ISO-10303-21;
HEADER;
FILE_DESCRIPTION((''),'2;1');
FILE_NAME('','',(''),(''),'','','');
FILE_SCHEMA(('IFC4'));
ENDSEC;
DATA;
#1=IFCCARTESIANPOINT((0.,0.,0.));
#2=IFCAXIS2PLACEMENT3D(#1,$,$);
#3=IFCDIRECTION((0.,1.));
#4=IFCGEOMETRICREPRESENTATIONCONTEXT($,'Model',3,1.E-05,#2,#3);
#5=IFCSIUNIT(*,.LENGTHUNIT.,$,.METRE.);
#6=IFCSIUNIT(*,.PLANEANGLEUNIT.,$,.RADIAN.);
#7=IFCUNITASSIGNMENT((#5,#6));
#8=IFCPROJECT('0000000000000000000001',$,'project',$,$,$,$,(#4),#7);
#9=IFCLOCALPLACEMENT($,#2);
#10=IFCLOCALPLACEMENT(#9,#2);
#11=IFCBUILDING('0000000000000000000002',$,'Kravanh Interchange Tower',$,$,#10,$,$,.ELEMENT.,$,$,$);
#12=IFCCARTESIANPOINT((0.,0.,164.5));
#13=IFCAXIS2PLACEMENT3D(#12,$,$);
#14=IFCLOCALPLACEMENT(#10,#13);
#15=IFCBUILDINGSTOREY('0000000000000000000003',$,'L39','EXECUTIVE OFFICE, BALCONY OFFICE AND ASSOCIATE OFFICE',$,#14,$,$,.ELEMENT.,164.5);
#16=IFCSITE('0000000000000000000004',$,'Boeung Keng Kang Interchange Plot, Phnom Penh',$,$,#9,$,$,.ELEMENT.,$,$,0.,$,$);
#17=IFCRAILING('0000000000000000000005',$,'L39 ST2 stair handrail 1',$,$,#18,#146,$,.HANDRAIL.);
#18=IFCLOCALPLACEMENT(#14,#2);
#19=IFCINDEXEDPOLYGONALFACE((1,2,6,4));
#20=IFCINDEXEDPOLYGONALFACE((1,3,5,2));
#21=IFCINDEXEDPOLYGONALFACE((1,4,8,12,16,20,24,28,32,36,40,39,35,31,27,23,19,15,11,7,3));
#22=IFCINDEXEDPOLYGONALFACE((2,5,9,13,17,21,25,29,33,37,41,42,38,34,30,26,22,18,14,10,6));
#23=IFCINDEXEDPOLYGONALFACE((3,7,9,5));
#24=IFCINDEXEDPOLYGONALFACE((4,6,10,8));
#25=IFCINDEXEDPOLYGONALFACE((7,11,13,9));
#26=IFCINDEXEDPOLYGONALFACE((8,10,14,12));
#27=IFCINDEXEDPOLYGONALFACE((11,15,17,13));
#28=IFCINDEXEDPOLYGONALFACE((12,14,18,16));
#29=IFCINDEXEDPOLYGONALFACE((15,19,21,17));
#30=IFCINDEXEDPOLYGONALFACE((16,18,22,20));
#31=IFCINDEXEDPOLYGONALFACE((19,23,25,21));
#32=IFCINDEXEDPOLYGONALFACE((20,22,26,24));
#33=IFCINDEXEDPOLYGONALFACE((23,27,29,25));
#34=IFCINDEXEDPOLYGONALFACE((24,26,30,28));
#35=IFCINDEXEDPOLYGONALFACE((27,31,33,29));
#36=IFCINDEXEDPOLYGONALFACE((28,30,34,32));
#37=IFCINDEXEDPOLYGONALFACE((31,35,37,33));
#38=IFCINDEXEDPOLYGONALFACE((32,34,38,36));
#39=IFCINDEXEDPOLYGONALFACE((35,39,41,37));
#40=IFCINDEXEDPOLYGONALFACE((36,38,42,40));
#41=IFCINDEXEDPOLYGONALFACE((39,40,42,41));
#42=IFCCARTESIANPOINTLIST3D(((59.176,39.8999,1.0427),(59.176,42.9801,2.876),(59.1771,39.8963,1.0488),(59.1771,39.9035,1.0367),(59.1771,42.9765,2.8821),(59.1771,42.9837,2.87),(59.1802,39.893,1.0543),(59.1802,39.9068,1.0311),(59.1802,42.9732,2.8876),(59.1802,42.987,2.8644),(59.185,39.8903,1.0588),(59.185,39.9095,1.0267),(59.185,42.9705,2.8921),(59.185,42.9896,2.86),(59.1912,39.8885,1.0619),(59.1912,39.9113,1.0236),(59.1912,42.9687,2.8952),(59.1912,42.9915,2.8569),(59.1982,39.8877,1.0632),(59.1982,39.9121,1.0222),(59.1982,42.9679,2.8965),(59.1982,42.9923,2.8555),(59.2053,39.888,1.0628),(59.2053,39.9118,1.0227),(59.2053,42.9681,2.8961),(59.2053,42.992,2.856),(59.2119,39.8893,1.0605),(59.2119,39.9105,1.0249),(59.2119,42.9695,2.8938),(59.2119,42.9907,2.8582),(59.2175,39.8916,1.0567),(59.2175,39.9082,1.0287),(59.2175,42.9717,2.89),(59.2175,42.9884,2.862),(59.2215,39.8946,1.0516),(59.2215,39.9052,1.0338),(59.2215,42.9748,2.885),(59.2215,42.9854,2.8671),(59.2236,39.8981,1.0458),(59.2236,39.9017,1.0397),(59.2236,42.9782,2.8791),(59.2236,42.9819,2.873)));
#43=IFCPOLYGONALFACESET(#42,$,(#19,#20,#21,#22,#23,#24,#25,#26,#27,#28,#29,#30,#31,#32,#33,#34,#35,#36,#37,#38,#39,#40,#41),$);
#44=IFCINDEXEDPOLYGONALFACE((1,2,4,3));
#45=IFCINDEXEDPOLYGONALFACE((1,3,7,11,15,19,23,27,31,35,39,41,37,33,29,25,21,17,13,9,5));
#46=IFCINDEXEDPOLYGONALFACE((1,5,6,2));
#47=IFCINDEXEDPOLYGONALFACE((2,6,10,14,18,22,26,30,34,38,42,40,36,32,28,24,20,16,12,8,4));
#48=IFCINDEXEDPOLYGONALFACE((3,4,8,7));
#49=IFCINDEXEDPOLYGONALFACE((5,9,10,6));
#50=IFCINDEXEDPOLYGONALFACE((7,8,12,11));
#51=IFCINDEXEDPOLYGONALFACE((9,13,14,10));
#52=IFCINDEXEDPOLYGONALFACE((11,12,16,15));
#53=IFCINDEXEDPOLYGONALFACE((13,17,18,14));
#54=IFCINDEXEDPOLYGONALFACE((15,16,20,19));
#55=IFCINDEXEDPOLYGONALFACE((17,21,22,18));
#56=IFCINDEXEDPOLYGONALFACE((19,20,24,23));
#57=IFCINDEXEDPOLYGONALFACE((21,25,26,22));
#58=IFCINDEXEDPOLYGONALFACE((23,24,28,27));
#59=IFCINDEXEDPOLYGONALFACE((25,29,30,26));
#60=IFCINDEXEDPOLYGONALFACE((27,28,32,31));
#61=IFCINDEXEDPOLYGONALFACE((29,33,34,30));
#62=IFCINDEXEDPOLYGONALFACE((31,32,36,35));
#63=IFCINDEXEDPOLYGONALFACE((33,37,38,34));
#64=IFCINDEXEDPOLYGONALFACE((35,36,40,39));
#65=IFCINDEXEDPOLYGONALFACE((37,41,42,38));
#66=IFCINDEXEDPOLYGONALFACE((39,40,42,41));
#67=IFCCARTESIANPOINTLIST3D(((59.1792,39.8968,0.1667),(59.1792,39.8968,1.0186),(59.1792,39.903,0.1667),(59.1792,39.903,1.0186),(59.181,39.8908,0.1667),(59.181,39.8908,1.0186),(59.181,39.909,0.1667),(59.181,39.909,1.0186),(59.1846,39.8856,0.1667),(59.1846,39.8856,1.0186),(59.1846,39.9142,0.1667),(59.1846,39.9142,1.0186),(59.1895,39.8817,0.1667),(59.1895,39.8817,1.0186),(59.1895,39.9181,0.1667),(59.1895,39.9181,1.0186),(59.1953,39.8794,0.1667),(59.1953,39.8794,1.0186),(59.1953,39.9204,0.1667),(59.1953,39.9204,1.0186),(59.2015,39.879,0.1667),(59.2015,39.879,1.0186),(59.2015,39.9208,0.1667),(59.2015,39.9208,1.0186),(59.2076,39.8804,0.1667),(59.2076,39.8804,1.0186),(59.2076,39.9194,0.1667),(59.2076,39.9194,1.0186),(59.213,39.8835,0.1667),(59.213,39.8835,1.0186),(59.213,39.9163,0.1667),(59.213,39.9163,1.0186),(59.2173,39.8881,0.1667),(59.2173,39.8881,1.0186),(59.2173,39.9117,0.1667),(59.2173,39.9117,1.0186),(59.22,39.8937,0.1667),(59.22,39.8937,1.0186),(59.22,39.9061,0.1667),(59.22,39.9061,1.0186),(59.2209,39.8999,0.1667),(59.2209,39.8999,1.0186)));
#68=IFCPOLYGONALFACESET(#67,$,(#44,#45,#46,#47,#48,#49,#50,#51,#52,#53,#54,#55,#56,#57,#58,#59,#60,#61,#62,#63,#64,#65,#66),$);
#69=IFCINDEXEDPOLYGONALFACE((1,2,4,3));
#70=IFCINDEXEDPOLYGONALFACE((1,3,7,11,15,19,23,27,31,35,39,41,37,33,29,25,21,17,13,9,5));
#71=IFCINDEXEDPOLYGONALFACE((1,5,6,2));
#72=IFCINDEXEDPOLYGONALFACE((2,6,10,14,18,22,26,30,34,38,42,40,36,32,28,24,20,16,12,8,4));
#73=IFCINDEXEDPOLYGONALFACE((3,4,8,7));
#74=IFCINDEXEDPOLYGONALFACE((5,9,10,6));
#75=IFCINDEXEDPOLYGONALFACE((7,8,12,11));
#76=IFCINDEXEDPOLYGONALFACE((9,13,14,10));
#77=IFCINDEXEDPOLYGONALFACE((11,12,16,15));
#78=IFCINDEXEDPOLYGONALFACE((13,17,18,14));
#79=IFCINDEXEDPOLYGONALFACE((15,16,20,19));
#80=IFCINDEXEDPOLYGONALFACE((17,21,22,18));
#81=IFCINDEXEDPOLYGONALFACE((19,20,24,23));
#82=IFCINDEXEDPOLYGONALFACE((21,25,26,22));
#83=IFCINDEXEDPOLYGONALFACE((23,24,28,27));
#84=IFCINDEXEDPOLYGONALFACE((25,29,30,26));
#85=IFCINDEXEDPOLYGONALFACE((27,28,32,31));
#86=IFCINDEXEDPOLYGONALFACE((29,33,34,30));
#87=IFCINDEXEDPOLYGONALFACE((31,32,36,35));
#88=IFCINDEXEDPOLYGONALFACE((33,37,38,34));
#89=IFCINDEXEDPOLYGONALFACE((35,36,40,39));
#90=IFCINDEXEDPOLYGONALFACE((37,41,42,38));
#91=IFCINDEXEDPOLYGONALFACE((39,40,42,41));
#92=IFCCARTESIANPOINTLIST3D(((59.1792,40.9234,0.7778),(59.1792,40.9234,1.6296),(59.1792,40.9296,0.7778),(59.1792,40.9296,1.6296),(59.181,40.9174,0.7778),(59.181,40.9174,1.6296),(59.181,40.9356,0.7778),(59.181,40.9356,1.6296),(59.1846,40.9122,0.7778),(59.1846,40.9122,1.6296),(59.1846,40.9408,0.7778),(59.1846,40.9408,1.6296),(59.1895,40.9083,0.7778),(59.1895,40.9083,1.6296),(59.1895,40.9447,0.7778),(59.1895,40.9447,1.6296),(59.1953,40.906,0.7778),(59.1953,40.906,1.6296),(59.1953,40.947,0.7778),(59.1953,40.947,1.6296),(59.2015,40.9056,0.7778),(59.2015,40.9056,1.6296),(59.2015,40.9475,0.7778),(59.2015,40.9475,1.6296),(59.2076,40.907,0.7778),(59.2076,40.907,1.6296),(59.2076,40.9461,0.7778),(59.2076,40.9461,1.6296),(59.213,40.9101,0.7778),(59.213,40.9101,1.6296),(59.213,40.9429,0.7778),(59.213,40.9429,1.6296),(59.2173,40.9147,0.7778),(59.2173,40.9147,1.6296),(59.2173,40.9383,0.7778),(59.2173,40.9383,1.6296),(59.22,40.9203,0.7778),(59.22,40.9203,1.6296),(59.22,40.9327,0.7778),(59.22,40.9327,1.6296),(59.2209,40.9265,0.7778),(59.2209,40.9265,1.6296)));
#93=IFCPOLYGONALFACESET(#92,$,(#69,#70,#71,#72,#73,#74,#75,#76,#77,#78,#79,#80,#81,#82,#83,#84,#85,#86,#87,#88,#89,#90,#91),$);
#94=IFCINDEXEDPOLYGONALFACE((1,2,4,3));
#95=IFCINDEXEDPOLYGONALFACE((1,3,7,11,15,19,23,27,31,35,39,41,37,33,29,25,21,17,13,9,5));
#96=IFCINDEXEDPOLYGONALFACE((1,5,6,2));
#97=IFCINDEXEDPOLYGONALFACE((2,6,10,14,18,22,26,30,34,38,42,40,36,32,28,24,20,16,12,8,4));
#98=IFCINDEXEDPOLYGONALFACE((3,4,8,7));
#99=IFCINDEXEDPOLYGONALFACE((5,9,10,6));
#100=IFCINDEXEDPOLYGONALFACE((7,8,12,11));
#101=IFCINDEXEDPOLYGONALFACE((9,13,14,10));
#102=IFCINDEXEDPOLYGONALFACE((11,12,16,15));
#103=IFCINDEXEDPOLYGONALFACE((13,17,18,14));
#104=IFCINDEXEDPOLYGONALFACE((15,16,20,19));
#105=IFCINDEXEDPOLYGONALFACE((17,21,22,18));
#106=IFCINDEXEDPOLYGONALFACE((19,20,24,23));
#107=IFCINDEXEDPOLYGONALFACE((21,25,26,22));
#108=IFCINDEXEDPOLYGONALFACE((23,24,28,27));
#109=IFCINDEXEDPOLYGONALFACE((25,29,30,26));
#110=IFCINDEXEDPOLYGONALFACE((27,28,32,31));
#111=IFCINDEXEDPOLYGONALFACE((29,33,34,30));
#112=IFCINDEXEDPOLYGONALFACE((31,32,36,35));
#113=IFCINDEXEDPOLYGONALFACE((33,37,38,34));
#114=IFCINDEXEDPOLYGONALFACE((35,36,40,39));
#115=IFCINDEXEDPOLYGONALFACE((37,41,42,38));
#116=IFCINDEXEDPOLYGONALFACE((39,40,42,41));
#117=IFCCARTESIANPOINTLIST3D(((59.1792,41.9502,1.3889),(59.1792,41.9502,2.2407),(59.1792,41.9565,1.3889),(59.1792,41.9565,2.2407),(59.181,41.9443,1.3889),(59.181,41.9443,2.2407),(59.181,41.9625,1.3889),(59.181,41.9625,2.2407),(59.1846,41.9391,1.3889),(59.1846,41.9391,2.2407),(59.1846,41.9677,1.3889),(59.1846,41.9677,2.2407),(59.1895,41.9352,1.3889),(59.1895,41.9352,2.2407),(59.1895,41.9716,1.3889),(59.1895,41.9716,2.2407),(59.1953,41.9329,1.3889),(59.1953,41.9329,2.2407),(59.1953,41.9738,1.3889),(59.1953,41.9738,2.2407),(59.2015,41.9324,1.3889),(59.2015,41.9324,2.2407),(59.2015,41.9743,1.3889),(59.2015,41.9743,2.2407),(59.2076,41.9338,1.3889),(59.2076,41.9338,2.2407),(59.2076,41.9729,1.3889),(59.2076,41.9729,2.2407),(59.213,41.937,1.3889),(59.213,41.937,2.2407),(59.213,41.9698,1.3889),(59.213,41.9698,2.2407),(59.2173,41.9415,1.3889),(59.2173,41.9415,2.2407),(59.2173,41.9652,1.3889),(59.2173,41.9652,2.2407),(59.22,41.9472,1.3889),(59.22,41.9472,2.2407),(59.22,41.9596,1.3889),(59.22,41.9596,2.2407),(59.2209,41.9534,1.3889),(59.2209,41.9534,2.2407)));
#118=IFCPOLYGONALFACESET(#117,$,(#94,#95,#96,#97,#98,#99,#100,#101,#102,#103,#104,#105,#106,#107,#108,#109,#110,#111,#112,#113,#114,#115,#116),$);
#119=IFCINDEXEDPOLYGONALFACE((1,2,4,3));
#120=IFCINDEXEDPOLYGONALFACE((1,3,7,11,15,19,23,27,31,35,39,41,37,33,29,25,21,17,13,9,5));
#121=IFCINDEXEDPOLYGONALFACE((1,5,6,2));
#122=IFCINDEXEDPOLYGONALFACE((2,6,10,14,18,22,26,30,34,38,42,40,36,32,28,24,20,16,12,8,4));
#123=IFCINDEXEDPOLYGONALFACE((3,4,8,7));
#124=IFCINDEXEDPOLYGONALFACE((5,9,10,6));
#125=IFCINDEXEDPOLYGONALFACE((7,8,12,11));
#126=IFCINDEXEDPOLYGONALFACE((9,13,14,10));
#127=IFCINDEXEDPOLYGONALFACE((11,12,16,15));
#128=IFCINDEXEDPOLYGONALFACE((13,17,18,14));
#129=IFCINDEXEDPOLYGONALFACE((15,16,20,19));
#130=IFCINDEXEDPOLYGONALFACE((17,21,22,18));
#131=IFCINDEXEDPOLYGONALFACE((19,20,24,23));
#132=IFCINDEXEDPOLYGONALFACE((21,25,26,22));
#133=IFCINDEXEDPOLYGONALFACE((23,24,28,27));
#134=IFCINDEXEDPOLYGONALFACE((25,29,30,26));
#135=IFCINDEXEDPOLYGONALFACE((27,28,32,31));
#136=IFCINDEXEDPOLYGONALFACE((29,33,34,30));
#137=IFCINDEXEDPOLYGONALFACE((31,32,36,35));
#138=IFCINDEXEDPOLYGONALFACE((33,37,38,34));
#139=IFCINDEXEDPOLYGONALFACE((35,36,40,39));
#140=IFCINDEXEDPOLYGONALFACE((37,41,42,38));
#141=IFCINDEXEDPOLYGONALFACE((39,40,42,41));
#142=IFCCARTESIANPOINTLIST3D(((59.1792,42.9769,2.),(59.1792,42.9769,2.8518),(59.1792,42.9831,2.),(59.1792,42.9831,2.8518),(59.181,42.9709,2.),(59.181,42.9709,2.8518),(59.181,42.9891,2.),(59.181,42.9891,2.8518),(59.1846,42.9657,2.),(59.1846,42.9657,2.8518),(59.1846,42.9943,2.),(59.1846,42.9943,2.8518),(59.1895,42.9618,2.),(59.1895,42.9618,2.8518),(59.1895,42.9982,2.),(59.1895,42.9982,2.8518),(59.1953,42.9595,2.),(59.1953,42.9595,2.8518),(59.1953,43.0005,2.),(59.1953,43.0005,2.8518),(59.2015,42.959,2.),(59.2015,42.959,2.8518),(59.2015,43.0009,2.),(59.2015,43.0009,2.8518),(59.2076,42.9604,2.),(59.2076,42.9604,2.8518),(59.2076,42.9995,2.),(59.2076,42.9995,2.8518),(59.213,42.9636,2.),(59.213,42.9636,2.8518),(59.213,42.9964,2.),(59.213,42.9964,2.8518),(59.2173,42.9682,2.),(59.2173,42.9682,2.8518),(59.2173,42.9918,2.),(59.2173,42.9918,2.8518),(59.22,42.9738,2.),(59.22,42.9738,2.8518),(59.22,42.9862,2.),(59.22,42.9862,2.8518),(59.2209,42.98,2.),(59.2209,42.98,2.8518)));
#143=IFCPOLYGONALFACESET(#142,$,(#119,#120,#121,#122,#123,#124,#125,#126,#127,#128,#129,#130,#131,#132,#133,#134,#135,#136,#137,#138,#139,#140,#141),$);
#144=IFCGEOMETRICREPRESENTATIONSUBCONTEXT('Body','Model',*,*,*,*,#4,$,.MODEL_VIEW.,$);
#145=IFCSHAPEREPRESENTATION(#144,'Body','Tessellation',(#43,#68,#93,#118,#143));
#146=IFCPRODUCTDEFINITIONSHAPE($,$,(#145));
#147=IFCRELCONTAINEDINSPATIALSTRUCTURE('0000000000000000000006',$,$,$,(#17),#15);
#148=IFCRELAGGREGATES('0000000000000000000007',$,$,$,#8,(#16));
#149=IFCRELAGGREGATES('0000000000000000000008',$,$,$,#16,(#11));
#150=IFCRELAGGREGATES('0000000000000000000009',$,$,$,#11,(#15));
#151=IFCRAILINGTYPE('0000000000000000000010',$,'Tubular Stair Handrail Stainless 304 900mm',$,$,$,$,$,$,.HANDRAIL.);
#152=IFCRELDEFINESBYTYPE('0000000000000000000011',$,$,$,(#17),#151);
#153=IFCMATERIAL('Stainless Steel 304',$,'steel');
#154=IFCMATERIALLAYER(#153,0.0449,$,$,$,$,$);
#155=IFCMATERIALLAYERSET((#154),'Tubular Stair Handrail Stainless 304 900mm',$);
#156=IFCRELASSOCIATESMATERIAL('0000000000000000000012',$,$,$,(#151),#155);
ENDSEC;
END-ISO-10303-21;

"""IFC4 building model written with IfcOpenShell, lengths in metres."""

from ifc_helpers import new_model, si_unit, direction, frame, origin, origin_2d, place, context, subcontext, project, spatial, circle, extrude, material, layer, layer_set, type_object, element, save


model = new_model("IFC4")

# Units and contexts
model_context = context("Model", 3, precision=1e-05, world=origin(), true_north=direction((0.0, 1.0)))
body_context = subcontext(model_context, "Body", "Model", "MODEL_VIEW")
ifc_project = project(units=[si_unit("LENGTHUNIT", "METRE"), si_unit("PLANEANGLEUNIT", "RADIAN")], contexts=[model_context])

# Site, building, storey
site_placement = place(None, origin())
site = spatial("IfcSite", under=ifc_project, at=site_placement, Name="Boeung Keng Kang Interchange Plot, Phnom Penh", CompositionType="ELEMENT", RefElevation=0.0)
building_placement = place(site_placement, origin())
building = spatial("IfcBuilding", under=site, at=building_placement, Name="Kravanh Interchange Tower", CompositionType="ELEMENT")
storey_placement = place(building_placement, frame((0.0, 0.0, 164.5)))
storey = spatial("IfcBuildingStorey", under=building, at=storey_placement, Name="L39", Description="EXECUTIVE OFFICE, BALCONY OFFICE AND ASSOCIATE OFFICE", CompositionType="ELEMENT", Elevation=164.5)

# Railing
ifc_material_1 = material(Name="Stainless Steel 304", Category="steel")
ifc_layer_1 = layer(ifc_material_1, 0.0449)
ifc_layer_set_1 = layer_set([ifc_layer_1], Name="Tubular Stair Handrail Stainless 304 900mm")
railing_type_1 = type_object("IfcRailingType", Name="Tubular Stair Handrail Stainless 304 900mm", PredefinedType="HANDRAIL", material=ifc_layer_set_1)
railing_1_placement = place(storey_placement, frame((59.2, 39.8999, 0.1667)))
element("IfcRailing", 1, at=railing_1_placement, inside=storey, type_object=railing_type_1, Name="L39 ST2 stair handrail 1", PredefinedType="HANDRAIL", context=body_context, shape_type="SweptSolid", body=[
    extrude(circle(Radius=0.0239, at=origin_2d()), frame((0.0, 0.0, 0.876), z_axis=(0.0, 0.859309, 0.511458), x_axis=(-1.0, 0.0, 0.0)), (0.0, 0.0, 1.0), 3.5845),
    extrude(circle(Radius=0.021, at=origin_2d()), origin(), (0.0, 0.0, 1.0), 0.8518),
    extrude(circle(Radius=0.021, at=origin_2d()), frame((0.0, 1.0266, 0.6111)), (0.0, 0.0, 1.0), 0.8518),
    extrude(circle(Radius=0.021, at=origin_2d()), frame((0.0, 2.0535, 1.2222)), (0.0, 0.0, 1.0), 0.8518),
    extrude(circle(Radius=0.021, at=origin_2d()), frame((0.0, 3.0801, 1.8333)), (0.0, 0.0, 1.0), 0.8518),
])

save(model, "model.ifc")
